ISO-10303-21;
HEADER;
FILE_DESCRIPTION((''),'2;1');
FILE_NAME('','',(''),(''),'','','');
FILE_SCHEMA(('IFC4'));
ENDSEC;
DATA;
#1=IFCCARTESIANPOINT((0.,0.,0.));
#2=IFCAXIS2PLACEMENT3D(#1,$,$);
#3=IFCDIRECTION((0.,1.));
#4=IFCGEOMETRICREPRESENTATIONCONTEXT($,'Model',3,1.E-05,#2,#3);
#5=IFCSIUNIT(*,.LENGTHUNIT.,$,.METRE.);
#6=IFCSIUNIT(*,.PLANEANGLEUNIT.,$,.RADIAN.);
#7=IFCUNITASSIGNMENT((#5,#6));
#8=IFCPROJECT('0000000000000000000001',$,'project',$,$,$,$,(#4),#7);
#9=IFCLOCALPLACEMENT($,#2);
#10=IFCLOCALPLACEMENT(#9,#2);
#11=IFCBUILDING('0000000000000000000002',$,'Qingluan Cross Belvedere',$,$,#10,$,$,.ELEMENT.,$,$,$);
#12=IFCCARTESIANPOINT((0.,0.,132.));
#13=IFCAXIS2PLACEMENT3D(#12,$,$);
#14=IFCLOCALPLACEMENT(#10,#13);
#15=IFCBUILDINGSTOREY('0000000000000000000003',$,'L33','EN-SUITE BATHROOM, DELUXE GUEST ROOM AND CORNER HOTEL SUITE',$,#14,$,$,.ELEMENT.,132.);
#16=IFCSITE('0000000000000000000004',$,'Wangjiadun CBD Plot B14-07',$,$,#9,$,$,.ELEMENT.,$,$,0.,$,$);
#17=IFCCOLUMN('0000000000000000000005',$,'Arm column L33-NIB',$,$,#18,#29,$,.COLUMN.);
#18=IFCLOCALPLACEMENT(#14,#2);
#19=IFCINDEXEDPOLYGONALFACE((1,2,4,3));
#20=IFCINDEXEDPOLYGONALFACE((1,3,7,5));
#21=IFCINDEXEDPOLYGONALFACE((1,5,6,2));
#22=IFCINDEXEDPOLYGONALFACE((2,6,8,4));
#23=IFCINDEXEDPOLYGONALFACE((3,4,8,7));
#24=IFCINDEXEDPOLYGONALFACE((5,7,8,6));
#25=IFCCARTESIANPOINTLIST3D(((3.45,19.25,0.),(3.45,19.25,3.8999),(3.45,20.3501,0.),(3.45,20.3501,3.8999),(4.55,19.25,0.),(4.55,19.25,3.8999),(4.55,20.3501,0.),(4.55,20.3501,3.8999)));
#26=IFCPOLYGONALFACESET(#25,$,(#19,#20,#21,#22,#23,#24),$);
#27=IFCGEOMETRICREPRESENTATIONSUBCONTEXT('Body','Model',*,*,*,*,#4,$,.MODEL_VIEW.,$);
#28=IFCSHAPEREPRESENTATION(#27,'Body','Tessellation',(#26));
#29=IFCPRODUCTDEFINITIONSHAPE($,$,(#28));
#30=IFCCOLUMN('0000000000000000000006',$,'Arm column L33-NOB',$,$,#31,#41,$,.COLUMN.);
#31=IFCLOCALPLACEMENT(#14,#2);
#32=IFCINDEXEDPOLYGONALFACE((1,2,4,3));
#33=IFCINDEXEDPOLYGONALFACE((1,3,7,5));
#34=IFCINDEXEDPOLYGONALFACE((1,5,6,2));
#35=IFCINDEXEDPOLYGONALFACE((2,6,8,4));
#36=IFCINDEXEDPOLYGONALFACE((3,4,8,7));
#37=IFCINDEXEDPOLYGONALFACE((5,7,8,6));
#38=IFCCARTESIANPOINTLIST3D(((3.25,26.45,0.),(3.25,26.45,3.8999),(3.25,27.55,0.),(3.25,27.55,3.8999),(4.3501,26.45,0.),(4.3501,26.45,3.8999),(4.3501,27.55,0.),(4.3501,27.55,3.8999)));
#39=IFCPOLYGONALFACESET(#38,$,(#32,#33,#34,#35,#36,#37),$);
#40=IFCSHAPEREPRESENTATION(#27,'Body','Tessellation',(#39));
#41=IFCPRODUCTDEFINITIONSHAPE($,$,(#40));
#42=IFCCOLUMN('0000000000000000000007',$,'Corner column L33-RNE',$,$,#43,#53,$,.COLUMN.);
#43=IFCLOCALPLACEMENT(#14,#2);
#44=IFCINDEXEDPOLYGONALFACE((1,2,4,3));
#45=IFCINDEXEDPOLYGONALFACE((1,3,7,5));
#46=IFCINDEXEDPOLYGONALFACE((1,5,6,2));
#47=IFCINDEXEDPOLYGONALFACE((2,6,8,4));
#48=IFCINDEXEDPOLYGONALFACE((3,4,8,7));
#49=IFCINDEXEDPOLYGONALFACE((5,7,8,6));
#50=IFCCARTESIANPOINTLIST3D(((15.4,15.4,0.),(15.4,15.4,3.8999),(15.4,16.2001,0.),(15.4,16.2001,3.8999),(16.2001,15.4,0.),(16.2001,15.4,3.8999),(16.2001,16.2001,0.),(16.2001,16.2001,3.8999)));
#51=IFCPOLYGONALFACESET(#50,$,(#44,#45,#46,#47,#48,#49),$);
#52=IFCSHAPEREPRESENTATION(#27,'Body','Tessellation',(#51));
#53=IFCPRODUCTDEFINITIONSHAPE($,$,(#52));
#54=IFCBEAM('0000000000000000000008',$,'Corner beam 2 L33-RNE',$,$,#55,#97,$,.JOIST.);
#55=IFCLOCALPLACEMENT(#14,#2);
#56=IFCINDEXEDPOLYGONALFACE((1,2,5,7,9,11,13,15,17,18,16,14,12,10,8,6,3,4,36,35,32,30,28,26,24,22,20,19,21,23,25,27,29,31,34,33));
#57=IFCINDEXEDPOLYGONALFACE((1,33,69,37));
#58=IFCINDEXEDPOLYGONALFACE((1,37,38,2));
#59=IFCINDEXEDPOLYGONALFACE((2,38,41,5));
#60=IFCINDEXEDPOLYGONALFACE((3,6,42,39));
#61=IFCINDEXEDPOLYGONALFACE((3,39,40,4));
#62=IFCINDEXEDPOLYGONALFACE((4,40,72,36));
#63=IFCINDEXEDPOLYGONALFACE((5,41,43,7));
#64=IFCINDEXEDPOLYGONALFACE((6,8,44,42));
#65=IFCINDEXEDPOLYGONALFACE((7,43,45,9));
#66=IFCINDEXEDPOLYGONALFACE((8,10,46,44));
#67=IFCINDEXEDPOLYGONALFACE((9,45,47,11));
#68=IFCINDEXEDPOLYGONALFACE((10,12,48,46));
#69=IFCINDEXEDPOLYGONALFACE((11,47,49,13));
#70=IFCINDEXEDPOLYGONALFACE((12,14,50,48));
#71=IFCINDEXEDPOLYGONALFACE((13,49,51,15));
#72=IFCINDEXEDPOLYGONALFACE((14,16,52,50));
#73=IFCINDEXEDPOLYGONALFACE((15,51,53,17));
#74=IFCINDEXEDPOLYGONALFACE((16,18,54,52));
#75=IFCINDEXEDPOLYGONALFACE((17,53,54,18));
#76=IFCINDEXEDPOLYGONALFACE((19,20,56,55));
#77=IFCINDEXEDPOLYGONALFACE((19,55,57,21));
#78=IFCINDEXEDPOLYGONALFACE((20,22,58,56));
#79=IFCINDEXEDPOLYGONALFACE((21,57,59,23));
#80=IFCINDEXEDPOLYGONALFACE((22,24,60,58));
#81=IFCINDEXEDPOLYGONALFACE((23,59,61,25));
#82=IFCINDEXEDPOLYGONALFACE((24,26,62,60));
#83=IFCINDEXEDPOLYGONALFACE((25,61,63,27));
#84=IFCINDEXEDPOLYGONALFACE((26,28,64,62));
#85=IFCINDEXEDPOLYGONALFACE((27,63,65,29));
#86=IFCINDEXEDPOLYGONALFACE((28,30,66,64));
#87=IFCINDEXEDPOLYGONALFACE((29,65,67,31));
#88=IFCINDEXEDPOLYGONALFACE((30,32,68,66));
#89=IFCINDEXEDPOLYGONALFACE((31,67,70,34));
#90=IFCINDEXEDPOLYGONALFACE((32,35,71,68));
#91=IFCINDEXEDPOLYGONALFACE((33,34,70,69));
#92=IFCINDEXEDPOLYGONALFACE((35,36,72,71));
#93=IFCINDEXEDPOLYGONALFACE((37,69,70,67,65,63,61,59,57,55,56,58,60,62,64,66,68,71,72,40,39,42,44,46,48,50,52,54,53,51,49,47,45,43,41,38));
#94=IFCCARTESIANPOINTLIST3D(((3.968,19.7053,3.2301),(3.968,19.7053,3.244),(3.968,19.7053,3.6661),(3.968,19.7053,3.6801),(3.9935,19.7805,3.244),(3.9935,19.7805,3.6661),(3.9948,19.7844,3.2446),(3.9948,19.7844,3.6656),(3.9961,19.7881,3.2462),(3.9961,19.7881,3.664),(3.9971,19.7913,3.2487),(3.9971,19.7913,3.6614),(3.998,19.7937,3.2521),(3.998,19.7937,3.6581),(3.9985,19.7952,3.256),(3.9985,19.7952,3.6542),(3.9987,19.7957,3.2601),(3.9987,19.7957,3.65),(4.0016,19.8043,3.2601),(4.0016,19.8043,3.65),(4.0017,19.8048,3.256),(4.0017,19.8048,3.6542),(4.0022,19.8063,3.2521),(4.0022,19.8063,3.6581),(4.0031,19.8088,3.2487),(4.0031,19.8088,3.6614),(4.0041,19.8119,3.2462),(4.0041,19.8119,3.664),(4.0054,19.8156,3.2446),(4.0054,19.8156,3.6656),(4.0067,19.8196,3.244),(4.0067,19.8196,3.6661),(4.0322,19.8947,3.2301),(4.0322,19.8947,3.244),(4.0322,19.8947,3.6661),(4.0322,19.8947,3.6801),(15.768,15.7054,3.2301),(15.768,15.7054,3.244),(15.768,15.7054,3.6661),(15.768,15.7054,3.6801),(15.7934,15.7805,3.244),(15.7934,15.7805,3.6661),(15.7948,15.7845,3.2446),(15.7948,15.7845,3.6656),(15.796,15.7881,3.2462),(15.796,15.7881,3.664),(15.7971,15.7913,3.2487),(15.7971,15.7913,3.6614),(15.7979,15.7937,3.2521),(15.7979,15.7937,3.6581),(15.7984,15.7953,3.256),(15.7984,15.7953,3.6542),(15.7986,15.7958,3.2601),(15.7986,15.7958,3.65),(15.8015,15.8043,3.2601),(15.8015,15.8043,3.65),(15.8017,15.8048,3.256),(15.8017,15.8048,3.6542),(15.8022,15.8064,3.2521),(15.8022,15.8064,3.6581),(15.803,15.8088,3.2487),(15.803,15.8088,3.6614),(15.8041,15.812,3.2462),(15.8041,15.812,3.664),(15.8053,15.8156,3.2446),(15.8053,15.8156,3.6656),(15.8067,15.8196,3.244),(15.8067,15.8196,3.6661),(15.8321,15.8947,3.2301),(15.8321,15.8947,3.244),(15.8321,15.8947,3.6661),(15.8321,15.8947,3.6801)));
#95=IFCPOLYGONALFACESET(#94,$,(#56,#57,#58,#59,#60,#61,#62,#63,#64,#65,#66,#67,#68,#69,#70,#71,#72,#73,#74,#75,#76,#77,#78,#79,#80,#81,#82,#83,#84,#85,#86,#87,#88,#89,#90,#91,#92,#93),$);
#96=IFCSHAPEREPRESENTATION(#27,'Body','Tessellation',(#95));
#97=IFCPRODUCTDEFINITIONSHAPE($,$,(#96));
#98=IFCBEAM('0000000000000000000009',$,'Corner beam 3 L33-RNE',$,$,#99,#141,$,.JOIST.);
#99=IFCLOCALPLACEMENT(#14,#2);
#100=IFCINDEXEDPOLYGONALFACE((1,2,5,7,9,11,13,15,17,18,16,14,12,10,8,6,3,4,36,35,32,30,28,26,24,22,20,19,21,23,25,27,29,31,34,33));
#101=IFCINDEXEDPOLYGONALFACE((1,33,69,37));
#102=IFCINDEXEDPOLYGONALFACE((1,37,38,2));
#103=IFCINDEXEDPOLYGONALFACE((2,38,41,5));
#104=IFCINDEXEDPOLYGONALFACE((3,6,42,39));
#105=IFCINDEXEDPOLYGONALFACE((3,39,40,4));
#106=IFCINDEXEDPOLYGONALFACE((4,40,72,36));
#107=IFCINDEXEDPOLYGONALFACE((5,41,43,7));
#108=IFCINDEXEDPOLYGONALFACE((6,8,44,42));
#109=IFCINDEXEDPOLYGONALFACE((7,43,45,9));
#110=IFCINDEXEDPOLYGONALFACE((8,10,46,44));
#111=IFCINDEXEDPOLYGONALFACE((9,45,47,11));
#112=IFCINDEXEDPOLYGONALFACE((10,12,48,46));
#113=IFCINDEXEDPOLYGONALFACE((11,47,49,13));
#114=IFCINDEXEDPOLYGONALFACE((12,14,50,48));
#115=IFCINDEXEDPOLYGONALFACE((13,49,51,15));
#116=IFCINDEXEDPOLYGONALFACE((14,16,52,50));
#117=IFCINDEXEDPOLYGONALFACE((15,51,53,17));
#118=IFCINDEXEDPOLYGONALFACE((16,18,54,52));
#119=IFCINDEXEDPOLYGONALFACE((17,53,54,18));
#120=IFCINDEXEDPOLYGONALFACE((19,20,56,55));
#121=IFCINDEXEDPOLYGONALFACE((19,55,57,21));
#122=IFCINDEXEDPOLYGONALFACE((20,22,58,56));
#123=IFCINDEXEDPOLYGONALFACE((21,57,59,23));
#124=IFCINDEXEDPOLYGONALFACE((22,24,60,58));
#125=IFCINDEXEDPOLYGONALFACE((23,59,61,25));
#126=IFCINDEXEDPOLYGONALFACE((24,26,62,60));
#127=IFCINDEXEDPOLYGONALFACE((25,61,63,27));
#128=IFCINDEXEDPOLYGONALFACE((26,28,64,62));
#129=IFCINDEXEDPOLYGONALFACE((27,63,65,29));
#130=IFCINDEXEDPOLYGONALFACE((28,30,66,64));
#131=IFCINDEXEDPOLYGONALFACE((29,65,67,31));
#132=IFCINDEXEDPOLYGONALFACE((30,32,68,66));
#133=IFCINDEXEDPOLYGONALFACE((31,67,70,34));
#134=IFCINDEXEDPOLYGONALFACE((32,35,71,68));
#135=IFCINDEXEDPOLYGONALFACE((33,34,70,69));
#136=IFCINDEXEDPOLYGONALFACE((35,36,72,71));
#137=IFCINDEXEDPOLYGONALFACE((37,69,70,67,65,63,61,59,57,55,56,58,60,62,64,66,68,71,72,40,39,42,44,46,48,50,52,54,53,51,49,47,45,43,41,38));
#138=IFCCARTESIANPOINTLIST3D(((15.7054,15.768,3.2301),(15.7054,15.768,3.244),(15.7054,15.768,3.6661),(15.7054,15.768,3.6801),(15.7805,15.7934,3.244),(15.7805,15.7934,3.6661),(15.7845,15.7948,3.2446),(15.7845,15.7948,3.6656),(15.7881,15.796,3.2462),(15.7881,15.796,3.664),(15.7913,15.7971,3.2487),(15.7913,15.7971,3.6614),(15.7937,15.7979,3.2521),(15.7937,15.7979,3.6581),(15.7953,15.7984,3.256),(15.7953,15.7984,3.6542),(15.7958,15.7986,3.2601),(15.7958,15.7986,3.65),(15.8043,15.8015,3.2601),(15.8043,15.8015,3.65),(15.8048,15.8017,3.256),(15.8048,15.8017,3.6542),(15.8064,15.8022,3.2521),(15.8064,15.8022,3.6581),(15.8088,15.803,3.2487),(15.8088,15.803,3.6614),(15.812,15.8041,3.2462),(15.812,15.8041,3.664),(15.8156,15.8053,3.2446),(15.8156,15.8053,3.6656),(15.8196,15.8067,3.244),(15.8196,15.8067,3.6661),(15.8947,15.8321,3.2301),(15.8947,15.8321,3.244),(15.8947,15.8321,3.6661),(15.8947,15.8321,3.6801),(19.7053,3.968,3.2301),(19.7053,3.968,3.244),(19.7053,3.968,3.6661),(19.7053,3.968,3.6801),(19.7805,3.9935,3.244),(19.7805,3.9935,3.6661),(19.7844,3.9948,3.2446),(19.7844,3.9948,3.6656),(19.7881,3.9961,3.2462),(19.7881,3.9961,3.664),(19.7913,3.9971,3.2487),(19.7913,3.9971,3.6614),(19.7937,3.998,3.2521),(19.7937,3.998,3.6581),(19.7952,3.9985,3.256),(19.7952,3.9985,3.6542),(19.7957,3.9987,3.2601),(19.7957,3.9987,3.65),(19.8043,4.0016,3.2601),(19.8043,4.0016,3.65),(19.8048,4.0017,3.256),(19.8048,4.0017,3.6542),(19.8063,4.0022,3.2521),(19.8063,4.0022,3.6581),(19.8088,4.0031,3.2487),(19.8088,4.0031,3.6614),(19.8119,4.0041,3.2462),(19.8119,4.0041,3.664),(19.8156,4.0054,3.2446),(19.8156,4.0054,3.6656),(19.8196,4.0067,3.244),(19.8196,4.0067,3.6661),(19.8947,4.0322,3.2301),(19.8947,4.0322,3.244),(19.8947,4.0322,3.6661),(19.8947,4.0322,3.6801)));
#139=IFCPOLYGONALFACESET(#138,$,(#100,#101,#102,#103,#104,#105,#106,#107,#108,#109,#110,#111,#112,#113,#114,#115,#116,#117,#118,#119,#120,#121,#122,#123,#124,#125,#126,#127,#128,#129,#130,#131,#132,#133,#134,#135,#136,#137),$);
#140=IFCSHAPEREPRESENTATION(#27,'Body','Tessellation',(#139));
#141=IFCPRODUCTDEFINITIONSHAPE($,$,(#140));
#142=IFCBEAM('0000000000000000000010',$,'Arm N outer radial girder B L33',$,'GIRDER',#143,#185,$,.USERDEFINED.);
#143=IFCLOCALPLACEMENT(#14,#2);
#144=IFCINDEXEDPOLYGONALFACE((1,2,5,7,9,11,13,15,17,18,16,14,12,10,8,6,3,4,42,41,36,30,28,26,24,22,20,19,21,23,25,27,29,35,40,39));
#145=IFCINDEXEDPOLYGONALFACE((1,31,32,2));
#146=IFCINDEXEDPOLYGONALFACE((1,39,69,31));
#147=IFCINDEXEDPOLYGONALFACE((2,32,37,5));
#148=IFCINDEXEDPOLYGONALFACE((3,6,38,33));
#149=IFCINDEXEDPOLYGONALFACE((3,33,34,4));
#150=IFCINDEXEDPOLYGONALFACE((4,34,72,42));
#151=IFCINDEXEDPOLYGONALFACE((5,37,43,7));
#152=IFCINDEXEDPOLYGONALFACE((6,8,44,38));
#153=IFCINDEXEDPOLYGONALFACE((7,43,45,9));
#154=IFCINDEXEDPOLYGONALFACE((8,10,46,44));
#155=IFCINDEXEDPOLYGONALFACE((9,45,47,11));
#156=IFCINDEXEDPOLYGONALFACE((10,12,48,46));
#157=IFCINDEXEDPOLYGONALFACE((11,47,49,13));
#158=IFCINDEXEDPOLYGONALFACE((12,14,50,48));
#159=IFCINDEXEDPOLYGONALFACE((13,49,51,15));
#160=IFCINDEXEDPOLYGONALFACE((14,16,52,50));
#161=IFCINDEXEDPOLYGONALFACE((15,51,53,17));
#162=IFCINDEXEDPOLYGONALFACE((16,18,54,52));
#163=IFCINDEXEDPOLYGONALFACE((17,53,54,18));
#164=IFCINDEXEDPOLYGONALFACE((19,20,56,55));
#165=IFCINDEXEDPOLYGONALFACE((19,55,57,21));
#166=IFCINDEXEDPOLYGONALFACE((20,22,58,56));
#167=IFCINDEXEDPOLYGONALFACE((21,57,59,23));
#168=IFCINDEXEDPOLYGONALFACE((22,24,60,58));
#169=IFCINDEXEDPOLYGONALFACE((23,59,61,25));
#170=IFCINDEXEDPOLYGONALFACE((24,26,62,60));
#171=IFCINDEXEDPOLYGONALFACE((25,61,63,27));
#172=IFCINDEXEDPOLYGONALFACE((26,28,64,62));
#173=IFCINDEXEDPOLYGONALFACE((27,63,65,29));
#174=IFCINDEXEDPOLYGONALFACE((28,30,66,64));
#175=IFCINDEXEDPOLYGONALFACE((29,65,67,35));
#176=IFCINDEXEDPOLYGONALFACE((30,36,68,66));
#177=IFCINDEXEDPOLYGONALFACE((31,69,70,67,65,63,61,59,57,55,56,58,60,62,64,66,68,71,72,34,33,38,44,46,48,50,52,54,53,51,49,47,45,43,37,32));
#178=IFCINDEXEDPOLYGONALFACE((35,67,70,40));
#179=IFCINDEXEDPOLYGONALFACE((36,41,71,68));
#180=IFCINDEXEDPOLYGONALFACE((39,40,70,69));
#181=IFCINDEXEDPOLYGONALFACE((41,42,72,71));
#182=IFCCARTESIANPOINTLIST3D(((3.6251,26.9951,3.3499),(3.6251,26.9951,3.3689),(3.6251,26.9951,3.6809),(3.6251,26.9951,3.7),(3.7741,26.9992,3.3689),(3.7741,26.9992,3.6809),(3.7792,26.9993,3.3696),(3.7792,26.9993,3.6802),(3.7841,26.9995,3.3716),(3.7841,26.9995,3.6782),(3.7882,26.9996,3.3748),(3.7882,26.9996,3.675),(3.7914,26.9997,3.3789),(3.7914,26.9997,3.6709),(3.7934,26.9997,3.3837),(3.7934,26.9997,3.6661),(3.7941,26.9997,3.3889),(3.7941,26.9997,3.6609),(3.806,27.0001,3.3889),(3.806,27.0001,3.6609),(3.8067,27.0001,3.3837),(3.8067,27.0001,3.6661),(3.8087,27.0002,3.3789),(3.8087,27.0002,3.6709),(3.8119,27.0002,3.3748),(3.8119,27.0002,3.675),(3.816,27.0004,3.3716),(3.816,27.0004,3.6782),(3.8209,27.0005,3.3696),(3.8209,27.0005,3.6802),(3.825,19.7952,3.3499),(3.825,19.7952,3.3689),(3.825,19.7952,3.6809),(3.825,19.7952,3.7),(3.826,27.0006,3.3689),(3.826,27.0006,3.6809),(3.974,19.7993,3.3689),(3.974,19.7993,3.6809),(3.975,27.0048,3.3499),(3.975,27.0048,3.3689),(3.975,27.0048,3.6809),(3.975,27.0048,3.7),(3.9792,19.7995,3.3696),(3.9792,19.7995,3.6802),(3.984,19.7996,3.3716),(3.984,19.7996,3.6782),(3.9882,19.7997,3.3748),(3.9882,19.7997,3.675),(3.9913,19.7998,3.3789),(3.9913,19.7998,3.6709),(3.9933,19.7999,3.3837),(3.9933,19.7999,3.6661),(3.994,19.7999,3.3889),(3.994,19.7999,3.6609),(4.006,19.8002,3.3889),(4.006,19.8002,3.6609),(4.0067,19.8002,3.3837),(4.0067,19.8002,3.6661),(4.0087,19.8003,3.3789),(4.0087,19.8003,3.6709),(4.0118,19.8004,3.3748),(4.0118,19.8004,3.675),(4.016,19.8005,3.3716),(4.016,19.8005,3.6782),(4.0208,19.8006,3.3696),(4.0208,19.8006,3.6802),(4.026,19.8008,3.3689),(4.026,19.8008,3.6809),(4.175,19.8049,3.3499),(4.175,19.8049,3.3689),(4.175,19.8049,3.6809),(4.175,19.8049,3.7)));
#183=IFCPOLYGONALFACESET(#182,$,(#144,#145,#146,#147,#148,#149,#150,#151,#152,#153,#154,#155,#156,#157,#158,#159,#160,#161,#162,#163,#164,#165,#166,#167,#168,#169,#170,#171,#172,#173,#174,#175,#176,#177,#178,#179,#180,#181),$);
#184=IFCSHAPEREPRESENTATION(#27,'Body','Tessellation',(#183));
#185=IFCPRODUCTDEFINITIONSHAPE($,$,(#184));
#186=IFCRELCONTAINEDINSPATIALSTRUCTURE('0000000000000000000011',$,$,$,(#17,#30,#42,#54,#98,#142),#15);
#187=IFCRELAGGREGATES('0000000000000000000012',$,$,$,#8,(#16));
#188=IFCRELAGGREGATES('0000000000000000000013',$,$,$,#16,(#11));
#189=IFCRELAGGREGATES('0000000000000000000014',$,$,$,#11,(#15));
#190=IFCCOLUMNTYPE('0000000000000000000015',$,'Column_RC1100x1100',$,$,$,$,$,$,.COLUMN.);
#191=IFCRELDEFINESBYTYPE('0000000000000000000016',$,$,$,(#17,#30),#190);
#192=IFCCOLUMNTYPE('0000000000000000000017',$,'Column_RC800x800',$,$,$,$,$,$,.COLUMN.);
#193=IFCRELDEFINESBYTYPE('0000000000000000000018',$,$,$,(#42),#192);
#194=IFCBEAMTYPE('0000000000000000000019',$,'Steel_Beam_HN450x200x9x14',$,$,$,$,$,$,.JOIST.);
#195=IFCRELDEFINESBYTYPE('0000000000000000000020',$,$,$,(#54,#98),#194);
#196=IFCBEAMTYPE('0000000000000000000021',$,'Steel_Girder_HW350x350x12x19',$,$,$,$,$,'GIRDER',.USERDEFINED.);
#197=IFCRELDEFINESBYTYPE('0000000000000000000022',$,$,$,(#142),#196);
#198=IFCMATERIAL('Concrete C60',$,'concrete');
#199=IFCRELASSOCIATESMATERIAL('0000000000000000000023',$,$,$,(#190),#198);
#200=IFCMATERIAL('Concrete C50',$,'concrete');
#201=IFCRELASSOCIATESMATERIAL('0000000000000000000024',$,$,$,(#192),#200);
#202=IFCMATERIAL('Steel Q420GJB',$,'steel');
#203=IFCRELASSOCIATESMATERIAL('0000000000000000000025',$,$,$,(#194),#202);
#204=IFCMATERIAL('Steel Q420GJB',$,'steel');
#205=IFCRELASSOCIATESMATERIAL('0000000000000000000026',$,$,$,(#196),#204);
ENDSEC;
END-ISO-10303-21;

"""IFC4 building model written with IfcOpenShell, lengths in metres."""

from ifc_helpers import new_model, si_unit, direction, frame, origin, origin_2d, place, context, subcontext, project, spatial, rectangle, i_section, extrude, material, material_profile, profile_set, type_object, element, save


model = new_model("IFC4")

# Units and contexts
model_context = context("Model", 3, precision=1e-05, world=origin(), true_north=direction((0.0, 1.0)))
body_context = subcontext(model_context, "Body", "Model", "MODEL_VIEW")
ifc_project = project(units=[si_unit("LENGTHUNIT", "METRE"), si_unit("PLANEANGLEUNIT", "RADIAN")], contexts=[model_context])

# Site, building, storey
site_placement = place(None, origin())
site = spatial("IfcSite", under=ifc_project, at=site_placement, Name="Wangjiadun CBD Plot B14-07", CompositionType="ELEMENT", RefElevation=0.0)
building_placement = place(site_placement, origin())
building = spatial("IfcBuilding", under=site, at=building_placement, Name="Qingluan Cross Belvedere", CompositionType="ELEMENT")
storey_placement = place(building_placement, frame((0.0, 0.0, 132.0)))
storey = spatial("IfcBuildingStorey", under=building, at=storey_placement, Name="L33", Description="EN-SUITE BATHROOM, DELUXE GUEST ROOM AND CORNER HOTEL SUITE", CompositionType="ELEMENT", Elevation=132.0)

# Columns
ifc_material_1 = material(Name="Concrete C60", Category="concrete")
ifc_material_profile_1 = material_profile(ifc_material_1, rectangle(XDim=1.1001, YDim=1.1001, at=origin_2d()), Name="RC1100x1100")
ifc_profile_set_1 = profile_set([ifc_material_profile_1], Name="Concrete C60")
column_type_1 = type_object("IfcColumnType", Name="Column_RC1100x1100", PredefinedType="COLUMN", material=ifc_profile_set_1)
for number, where, z_axis, x_axis, name in (
    (1, (4.0, 19.8, 0.0), (0.0, 0.0, 1.0), (1.0, 0.0, 0.0), "Arm column L33-NIB"),
    (2, (3.8, 27.0, 0.0), (0.0, 0.0, 1.0), (1.0, 0.0, 0.0), "Arm column L33-NOB"),
):
    element("IfcColumn", number, at=place(storey_placement, frame(where, z_axis=z_axis, x_axis=x_axis)), inside=storey, type_object=column_type_1, Name=name, PredefinedType="COLUMN", context=body_context, shape_type="SweptSolid", body=[
        extrude(rectangle(XDim=1.1001, YDim=1.1001, at=origin_2d()), origin(), (0.0, 0.0, 1.0), 3.8999),
    ])
ifc_material_2 = material(Name="Concrete C50", Category="concrete")
ifc_material_profile_2 = material_profile(ifc_material_2, rectangle(XDim=0.8, YDim=0.8, at=origin_2d()), Name="RC800x800")
ifc_profile_set_2 = profile_set([ifc_material_profile_2], Name="Concrete C50")
column_type_2 = type_object("IfcColumnType", Name="Column_RC800x800", PredefinedType="COLUMN", material=ifc_profile_set_2)
column_placement = place(storey_placement, frame((15.8, 15.8, 0.0), z_axis=(0.0, 0.0, 1.0), x_axis=(1.0, 0.0, 0.0)))
element("IfcColumn", 3, at=column_placement, inside=storey, type_object=column_type_2, Name="Corner column L33-RNE", PredefinedType="COLUMN", context=body_context, shape_type="SweptSolid", body=[
    extrude(rectangle(XDim=0.8, YDim=0.8, at=origin_2d()), origin(), (0.0, 0.0, 1.0), 3.8999),
])

# Beams
ifc_material_3 = material(Name="Steel Q420GJB", Category="steel")
ifc_material_profile_3 = material_profile(ifc_material_3, i_section(OverallWidth=0.2, OverallDepth=0.45, WebThickness=0.009, FlangeThickness=0.0139, FilletRadius=0.0161, at=origin_2d()), Name="HN450x200x9x14")
ifc_profile_set_3 = profile_set([ifc_material_profile_3], Name="Steel Q420GJB")
beam_type_1 = type_object("IfcBeamType", Name="Steel_Beam_HN450x200x9x14", PredefinedType="JOIST", material=ifc_profile_set_3)
for number, where, z_axis, x_axis, name in (
    (4, (15.8, 15.8, 3.4551), (-0.947066, 0.321038, 0.0), (-0.321038, -0.947066, 0.0), "Corner beam 2 L33-RNE"),
    (5, (15.8, 15.8, 3.4551), (0.321038, -0.947066, 0.0), (0.947066, 0.321038, 0.0), "Corner beam 3 L33-RNE"),
):
    element("IfcBeam", number, at=place(storey_placement, frame(where, z_axis=z_axis, x_axis=x_axis)), inside=storey, type_object=beam_type_1, Name=name, PredefinedType="JOIST", context=body_context, shape_type="SweptSolid", body=[
        extrude(i_section(OverallWidth=0.2, OverallDepth=0.45, WebThickness=0.009, FlangeThickness=0.0139, FilletRadius=0.0161, at=origin_2d()), origin(), (0.0, 0.0, 1.0), 12.4595),
    ])
ifc_material_4 = material(Name="Steel Q420GJB", Category="steel")
ifc_material_profile_4 = material_profile(ifc_material_4, i_section(OverallWidth=0.3501, OverallDepth=0.3501, WebThickness=0.012, FlangeThickness=0.019, FilletRadius=0.02, at=origin_2d()), Name="HW350x350x12x19")
ifc_profile_set_4 = profile_set([ifc_material_profile_4], Name="Steel Q420GJB")
beam_type_2 = type_object("IfcBeamType", Name="Steel_Girder_HW350x350x12x19", ElementType="GIRDER", PredefinedType="USERDEFINED", material=ifc_profile_set_4)
beam_placement = place(storey_placement, frame((4.0, 19.8, 3.5249), z_axis=(-0.02776, 0.999615, 0.0), x_axis=(-0.999615, -0.02776, 0.0)))
element("IfcBeam", 6, at=beam_placement, inside=storey, type_object=beam_type_2, Name="Arm N outer radial girder B L33", ObjectType="GIRDER", PredefinedType="USERDEFINED", context=body_context, shape_type="SweptSolid", body=[
    extrude(i_section(OverallWidth=0.3501, OverallDepth=0.3501, WebThickness=0.012, FlangeThickness=0.019, FilletRadius=0.02, at=origin_2d()), origin(), (0.0, 0.0, 1.0), 7.2026),
])

save(model, "model.ifc")
